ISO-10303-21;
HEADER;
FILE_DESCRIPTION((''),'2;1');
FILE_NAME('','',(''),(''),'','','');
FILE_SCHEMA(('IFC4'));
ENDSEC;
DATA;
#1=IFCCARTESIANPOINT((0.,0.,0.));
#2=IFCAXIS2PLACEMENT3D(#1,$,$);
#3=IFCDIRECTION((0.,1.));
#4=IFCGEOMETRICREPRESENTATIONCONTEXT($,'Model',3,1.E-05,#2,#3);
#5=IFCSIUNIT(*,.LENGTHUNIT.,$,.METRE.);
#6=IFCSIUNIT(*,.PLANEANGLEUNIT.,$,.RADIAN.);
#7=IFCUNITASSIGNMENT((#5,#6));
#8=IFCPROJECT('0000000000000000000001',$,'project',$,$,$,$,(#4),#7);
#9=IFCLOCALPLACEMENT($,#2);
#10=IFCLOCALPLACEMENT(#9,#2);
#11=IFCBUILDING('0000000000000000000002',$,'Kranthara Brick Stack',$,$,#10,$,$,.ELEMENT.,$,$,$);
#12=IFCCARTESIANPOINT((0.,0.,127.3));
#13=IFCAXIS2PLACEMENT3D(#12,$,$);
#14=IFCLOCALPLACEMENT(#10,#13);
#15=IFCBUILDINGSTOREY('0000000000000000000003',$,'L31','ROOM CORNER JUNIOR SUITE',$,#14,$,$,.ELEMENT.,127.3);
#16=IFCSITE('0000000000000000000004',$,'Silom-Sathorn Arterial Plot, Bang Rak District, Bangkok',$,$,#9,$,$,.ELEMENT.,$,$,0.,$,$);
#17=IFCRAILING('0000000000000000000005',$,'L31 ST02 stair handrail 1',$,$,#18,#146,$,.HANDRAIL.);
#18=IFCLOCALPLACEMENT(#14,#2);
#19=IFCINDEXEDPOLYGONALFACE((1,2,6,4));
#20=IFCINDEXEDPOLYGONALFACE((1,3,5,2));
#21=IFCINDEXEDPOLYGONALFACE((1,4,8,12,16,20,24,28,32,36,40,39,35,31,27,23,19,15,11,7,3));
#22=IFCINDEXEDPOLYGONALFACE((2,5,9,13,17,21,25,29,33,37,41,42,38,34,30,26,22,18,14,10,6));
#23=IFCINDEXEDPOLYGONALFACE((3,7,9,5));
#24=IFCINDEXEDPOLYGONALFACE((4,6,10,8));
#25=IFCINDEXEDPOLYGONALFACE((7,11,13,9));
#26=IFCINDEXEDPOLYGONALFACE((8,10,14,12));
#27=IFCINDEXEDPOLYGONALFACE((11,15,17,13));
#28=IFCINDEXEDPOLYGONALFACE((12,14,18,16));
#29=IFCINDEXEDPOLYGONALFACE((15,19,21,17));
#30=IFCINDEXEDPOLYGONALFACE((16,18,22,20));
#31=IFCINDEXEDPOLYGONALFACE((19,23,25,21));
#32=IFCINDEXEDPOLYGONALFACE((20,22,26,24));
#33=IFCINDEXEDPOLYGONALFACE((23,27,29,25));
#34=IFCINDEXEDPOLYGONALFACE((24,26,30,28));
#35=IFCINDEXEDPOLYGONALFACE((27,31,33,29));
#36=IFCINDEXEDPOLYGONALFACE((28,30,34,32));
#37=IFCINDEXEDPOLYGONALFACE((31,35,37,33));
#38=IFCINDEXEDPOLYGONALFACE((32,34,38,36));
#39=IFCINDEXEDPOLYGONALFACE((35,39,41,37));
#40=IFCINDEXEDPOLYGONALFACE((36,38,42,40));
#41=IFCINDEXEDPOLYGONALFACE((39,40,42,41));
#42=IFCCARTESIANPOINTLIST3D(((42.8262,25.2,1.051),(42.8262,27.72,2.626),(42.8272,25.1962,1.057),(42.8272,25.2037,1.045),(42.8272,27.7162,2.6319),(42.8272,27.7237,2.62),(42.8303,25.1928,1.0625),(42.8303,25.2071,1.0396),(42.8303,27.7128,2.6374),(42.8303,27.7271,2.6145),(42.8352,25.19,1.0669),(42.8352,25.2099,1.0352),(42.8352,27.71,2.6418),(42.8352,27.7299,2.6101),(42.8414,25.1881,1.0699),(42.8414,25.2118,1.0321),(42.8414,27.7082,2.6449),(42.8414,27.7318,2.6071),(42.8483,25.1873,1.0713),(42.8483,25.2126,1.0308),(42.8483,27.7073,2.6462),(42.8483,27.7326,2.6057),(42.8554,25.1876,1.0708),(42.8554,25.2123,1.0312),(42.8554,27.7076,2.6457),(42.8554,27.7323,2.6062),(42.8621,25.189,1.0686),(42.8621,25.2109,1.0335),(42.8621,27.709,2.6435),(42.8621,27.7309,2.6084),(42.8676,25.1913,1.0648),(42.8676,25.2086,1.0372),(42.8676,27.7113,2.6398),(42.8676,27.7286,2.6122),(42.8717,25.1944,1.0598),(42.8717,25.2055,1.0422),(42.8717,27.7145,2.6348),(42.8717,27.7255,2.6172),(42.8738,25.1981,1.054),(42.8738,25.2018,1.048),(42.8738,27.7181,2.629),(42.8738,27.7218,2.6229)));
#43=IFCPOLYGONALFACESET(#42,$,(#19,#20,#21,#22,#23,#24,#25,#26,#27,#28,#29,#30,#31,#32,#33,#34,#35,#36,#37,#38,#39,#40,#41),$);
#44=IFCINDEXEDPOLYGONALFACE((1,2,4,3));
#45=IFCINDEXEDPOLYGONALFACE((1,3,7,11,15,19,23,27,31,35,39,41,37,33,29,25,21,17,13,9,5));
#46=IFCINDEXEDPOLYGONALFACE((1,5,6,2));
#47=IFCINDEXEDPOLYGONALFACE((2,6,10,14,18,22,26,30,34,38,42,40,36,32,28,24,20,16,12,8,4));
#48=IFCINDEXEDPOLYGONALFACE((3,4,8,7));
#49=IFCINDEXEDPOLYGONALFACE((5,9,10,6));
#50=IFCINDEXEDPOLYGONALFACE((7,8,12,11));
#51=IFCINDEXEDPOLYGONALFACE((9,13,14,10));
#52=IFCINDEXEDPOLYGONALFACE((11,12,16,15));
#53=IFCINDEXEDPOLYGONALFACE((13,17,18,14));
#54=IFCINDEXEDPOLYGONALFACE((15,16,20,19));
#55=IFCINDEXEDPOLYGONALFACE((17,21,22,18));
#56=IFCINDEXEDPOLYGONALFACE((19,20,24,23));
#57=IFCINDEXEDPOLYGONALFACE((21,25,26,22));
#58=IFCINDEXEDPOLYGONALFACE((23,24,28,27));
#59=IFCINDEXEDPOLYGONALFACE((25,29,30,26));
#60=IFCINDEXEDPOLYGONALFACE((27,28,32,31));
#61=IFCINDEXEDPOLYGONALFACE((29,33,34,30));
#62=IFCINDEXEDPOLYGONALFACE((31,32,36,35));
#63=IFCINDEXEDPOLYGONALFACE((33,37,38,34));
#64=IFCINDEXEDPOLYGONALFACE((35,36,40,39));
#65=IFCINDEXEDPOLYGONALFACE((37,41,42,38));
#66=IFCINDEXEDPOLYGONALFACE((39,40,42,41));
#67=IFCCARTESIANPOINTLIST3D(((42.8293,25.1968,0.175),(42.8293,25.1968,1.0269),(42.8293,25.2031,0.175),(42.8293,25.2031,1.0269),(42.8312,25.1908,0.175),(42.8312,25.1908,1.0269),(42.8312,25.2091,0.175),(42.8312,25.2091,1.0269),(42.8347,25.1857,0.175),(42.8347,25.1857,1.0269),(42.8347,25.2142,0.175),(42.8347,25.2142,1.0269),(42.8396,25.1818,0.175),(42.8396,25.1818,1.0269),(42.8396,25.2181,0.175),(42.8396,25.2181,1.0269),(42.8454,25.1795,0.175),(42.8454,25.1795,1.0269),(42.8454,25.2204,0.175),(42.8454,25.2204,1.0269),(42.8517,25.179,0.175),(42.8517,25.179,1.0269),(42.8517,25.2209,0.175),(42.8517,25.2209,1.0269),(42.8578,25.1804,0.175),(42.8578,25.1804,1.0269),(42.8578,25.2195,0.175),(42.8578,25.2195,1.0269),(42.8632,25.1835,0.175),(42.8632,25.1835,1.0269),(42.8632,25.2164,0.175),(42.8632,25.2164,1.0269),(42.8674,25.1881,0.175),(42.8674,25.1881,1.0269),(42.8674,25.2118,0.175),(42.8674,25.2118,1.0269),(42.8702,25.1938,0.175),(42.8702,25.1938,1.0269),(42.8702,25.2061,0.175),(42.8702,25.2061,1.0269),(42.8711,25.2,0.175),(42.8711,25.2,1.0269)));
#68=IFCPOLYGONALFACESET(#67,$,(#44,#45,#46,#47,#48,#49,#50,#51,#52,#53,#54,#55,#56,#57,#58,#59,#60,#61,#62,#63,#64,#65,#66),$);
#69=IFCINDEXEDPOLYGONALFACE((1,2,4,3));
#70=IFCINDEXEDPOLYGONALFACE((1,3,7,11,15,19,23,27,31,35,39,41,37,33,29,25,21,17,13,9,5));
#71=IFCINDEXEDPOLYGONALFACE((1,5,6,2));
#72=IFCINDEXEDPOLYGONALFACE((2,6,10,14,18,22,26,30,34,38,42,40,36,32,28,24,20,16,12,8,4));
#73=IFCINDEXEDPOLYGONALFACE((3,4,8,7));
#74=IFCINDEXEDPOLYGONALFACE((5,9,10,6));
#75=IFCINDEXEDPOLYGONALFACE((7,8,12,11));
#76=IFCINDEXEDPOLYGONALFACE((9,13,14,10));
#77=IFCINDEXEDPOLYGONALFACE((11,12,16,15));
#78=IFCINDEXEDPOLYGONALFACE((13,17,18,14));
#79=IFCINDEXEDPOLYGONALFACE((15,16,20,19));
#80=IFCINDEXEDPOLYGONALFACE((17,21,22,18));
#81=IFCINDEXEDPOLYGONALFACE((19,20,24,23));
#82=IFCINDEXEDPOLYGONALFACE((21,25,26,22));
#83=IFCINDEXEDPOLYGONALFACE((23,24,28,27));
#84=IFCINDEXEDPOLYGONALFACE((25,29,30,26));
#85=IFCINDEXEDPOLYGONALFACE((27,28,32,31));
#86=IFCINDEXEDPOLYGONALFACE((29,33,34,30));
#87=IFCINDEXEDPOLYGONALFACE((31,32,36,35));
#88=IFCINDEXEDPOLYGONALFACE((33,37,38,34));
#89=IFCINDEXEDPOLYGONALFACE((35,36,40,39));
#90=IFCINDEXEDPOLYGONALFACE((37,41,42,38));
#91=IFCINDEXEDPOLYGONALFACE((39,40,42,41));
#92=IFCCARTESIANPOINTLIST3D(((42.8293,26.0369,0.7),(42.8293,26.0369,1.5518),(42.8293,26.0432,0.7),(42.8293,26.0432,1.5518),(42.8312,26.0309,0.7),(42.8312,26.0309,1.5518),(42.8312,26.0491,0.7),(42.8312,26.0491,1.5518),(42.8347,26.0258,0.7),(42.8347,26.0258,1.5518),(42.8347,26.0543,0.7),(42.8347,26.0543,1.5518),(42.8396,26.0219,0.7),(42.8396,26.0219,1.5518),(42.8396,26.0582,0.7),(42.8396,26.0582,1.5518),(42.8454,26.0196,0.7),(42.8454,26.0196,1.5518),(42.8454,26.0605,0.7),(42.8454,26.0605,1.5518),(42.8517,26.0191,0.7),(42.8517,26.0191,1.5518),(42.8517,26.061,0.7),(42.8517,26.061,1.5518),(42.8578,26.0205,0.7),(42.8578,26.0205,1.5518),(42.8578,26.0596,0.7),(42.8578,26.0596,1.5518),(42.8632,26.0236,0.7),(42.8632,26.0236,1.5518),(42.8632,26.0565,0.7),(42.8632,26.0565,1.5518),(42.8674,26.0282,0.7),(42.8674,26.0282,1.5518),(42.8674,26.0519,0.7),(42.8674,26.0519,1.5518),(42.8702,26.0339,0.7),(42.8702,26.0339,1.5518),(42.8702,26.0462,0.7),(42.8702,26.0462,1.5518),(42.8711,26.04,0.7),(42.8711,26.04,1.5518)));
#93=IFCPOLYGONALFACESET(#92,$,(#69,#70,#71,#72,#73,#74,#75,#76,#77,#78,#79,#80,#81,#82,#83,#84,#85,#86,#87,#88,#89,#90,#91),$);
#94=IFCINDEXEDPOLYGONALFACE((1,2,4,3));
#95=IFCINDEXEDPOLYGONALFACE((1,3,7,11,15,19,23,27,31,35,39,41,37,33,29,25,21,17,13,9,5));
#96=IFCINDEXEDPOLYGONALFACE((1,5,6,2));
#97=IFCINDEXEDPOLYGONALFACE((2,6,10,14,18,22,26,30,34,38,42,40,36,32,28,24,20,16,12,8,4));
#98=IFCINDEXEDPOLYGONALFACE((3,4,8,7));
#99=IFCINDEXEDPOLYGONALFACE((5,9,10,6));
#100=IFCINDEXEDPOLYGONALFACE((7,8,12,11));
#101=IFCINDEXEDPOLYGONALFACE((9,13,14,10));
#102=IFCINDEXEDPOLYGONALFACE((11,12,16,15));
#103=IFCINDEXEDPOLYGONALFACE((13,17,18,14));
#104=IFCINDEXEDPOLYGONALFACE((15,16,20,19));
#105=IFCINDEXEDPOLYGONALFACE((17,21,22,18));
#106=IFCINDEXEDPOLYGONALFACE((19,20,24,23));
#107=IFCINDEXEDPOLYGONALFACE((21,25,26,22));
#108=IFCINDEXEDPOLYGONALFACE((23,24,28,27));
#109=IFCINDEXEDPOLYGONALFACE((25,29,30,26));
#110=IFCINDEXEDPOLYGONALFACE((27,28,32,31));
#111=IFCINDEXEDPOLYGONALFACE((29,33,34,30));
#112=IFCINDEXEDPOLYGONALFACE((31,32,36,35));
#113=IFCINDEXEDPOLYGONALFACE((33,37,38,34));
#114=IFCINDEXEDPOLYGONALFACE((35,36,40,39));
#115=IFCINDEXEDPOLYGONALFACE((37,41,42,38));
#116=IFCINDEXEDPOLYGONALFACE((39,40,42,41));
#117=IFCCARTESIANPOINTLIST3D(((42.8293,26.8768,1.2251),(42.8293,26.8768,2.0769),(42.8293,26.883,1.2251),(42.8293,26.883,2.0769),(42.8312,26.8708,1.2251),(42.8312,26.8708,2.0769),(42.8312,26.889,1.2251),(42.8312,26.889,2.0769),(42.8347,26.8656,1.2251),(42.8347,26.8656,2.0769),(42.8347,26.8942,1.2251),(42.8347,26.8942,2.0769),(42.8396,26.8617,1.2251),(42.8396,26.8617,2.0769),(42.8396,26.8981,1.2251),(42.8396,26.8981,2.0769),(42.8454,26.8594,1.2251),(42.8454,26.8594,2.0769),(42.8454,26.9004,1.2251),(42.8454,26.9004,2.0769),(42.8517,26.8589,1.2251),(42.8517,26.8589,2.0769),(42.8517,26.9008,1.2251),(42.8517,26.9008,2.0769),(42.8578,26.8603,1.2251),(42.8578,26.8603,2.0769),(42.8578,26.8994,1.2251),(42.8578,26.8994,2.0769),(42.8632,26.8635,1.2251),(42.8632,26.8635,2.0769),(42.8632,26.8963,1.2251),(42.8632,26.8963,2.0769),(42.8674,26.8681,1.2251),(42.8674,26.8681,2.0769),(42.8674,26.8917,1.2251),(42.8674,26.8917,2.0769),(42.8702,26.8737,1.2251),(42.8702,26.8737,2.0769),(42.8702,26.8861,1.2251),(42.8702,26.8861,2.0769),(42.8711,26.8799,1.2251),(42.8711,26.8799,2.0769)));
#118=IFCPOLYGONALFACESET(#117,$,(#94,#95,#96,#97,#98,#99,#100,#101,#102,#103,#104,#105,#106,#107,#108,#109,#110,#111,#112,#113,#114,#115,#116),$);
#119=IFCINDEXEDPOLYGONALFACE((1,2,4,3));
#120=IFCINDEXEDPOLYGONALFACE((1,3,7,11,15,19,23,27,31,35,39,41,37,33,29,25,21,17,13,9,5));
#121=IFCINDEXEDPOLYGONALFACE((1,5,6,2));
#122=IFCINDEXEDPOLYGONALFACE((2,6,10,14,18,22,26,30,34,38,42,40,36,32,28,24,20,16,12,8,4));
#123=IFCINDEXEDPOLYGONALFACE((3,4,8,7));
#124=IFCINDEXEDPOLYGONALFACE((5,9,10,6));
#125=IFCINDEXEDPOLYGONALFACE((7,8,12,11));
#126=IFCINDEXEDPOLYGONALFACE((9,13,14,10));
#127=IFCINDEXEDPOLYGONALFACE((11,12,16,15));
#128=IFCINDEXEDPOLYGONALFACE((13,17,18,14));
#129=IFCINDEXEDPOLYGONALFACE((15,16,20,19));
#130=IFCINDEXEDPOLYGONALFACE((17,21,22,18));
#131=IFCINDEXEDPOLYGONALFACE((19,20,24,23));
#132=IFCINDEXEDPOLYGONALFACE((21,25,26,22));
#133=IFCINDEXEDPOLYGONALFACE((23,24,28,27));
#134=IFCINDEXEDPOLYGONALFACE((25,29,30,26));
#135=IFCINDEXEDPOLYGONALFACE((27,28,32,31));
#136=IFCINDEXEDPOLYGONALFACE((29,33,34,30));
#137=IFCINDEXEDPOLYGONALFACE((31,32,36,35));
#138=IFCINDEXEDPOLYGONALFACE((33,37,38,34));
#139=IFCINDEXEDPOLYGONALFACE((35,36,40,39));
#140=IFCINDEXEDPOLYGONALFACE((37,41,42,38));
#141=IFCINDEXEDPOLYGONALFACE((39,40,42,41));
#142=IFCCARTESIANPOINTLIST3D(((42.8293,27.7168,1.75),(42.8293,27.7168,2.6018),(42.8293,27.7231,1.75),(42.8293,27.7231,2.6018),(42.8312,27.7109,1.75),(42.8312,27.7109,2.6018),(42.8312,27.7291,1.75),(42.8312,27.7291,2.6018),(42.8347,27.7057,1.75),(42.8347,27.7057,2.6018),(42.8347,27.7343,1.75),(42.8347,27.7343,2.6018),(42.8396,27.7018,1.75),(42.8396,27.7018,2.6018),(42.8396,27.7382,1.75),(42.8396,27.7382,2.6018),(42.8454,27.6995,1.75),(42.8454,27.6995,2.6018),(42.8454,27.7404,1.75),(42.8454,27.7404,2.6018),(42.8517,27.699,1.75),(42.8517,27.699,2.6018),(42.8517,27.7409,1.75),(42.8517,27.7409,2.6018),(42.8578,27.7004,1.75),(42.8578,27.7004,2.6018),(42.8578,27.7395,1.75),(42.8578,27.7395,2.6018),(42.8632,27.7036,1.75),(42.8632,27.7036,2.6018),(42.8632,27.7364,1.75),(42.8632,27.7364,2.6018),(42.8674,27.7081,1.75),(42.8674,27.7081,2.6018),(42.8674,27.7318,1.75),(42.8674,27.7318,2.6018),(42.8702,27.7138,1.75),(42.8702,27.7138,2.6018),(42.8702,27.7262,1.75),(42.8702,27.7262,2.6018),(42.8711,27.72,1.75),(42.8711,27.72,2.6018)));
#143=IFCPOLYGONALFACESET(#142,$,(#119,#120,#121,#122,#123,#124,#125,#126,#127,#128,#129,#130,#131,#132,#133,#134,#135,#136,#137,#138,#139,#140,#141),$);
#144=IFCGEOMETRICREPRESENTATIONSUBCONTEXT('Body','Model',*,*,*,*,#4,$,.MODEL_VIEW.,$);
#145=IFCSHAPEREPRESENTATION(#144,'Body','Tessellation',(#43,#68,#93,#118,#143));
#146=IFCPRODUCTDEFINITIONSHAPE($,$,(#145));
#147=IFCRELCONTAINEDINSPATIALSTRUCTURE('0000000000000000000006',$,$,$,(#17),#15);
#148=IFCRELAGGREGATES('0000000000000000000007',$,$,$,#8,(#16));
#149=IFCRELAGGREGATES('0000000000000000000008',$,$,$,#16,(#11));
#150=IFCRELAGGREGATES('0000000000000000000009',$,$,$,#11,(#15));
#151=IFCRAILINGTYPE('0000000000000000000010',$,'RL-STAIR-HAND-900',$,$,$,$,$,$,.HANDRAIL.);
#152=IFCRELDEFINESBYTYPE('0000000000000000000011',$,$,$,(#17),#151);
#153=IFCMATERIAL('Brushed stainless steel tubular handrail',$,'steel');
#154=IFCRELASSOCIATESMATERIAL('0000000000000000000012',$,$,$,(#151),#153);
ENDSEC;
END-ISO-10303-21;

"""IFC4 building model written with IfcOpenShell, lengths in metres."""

from ifc_helpers import new_model, si_unit, direction, frame, origin, origin_2d, place, context, subcontext, project, spatial, circle, extrude, material, type_object, element, save


model = new_model("IFC4")

# Units and contexts
model_context = context("Model", 3, precision=1e-05, world=origin(), true_north=direction((0.0, 1.0)))
body_context = subcontext(model_context, "Body", "Model", "MODEL_VIEW")
ifc_project = project(units=[si_unit("LENGTHUNIT", "METRE"), si_unit("PLANEANGLEUNIT", "RADIAN")], contexts=[model_context])

# Site, building, storey
site_placement = place(None, origin())
site = spatial("IfcSite", under=ifc_project, at=site_placement, Name="Silom-Sathorn Arterial Plot, Bang Rak District, Bangkok", CompositionType="ELEMENT", RefElevation=0.0)
building_placement = place(site_placement, origin())
building = spatial("IfcBuilding", under=site, at=building_placement, Name="Kranthara Brick Stack", CompositionType="ELEMENT")
storey_placement = place(building_placement, frame((0.0, 0.0, 127.3)))
storey = spatial("IfcBuildingStorey", under=building, at=storey_placement, Name="L31", Description="ROOM CORNER JUNIOR SUITE", CompositionType="ELEMENT", Elevation=127.3)

# Railing
ifc_material_1 = material(Name="Brushed stainless steel tubular handrail", Category="steel")
railing_type_1 = type_object("IfcRailingType", Name="RL-STAIR-HAND-900", PredefinedType="HANDRAIL", material=ifc_material_1)
railing_1_placement = place(storey_placement, frame((42.8501, 25.2, 0.175)))
element("IfcRailing", 1, at=railing_1_placement, inside=storey, type_object=railing_type_1, Name="L31 ST02 stair handrail 1", PredefinedType="HANDRAIL", context=body_context, shape_type="SweptSolid", body=[
    extrude(circle(Radius=0.0239, at=origin_2d()), frame((0.0, 0.0, 0.876), z_axis=(0.0, 0.848008, 0.529984), x_axis=(-1.0, 0.0, 0.0)), (0.0, 0.0, 1.0), 2.9717),
    extrude(circle(Radius=0.021, at=origin_2d()), origin(), (0.0, 0.0, 1.0), 0.8518),
    extrude(circle(Radius=0.021, at=origin_2d()), frame((0.0, 0.8401, 0.5249)), (0.0, 0.0, 1.0), 0.8518),
    extrude(circle(Radius=0.021, at=origin_2d()), frame((0.0, 1.6799, 1.05)), (0.0, 0.0, 1.0), 0.8518),
    extrude(circle(Radius=0.021, at=origin_2d()), frame((0.0, 2.52, 1.575)), (0.0, 0.0, 1.0), 0.8518),
])

save(model, "model.ifc")
